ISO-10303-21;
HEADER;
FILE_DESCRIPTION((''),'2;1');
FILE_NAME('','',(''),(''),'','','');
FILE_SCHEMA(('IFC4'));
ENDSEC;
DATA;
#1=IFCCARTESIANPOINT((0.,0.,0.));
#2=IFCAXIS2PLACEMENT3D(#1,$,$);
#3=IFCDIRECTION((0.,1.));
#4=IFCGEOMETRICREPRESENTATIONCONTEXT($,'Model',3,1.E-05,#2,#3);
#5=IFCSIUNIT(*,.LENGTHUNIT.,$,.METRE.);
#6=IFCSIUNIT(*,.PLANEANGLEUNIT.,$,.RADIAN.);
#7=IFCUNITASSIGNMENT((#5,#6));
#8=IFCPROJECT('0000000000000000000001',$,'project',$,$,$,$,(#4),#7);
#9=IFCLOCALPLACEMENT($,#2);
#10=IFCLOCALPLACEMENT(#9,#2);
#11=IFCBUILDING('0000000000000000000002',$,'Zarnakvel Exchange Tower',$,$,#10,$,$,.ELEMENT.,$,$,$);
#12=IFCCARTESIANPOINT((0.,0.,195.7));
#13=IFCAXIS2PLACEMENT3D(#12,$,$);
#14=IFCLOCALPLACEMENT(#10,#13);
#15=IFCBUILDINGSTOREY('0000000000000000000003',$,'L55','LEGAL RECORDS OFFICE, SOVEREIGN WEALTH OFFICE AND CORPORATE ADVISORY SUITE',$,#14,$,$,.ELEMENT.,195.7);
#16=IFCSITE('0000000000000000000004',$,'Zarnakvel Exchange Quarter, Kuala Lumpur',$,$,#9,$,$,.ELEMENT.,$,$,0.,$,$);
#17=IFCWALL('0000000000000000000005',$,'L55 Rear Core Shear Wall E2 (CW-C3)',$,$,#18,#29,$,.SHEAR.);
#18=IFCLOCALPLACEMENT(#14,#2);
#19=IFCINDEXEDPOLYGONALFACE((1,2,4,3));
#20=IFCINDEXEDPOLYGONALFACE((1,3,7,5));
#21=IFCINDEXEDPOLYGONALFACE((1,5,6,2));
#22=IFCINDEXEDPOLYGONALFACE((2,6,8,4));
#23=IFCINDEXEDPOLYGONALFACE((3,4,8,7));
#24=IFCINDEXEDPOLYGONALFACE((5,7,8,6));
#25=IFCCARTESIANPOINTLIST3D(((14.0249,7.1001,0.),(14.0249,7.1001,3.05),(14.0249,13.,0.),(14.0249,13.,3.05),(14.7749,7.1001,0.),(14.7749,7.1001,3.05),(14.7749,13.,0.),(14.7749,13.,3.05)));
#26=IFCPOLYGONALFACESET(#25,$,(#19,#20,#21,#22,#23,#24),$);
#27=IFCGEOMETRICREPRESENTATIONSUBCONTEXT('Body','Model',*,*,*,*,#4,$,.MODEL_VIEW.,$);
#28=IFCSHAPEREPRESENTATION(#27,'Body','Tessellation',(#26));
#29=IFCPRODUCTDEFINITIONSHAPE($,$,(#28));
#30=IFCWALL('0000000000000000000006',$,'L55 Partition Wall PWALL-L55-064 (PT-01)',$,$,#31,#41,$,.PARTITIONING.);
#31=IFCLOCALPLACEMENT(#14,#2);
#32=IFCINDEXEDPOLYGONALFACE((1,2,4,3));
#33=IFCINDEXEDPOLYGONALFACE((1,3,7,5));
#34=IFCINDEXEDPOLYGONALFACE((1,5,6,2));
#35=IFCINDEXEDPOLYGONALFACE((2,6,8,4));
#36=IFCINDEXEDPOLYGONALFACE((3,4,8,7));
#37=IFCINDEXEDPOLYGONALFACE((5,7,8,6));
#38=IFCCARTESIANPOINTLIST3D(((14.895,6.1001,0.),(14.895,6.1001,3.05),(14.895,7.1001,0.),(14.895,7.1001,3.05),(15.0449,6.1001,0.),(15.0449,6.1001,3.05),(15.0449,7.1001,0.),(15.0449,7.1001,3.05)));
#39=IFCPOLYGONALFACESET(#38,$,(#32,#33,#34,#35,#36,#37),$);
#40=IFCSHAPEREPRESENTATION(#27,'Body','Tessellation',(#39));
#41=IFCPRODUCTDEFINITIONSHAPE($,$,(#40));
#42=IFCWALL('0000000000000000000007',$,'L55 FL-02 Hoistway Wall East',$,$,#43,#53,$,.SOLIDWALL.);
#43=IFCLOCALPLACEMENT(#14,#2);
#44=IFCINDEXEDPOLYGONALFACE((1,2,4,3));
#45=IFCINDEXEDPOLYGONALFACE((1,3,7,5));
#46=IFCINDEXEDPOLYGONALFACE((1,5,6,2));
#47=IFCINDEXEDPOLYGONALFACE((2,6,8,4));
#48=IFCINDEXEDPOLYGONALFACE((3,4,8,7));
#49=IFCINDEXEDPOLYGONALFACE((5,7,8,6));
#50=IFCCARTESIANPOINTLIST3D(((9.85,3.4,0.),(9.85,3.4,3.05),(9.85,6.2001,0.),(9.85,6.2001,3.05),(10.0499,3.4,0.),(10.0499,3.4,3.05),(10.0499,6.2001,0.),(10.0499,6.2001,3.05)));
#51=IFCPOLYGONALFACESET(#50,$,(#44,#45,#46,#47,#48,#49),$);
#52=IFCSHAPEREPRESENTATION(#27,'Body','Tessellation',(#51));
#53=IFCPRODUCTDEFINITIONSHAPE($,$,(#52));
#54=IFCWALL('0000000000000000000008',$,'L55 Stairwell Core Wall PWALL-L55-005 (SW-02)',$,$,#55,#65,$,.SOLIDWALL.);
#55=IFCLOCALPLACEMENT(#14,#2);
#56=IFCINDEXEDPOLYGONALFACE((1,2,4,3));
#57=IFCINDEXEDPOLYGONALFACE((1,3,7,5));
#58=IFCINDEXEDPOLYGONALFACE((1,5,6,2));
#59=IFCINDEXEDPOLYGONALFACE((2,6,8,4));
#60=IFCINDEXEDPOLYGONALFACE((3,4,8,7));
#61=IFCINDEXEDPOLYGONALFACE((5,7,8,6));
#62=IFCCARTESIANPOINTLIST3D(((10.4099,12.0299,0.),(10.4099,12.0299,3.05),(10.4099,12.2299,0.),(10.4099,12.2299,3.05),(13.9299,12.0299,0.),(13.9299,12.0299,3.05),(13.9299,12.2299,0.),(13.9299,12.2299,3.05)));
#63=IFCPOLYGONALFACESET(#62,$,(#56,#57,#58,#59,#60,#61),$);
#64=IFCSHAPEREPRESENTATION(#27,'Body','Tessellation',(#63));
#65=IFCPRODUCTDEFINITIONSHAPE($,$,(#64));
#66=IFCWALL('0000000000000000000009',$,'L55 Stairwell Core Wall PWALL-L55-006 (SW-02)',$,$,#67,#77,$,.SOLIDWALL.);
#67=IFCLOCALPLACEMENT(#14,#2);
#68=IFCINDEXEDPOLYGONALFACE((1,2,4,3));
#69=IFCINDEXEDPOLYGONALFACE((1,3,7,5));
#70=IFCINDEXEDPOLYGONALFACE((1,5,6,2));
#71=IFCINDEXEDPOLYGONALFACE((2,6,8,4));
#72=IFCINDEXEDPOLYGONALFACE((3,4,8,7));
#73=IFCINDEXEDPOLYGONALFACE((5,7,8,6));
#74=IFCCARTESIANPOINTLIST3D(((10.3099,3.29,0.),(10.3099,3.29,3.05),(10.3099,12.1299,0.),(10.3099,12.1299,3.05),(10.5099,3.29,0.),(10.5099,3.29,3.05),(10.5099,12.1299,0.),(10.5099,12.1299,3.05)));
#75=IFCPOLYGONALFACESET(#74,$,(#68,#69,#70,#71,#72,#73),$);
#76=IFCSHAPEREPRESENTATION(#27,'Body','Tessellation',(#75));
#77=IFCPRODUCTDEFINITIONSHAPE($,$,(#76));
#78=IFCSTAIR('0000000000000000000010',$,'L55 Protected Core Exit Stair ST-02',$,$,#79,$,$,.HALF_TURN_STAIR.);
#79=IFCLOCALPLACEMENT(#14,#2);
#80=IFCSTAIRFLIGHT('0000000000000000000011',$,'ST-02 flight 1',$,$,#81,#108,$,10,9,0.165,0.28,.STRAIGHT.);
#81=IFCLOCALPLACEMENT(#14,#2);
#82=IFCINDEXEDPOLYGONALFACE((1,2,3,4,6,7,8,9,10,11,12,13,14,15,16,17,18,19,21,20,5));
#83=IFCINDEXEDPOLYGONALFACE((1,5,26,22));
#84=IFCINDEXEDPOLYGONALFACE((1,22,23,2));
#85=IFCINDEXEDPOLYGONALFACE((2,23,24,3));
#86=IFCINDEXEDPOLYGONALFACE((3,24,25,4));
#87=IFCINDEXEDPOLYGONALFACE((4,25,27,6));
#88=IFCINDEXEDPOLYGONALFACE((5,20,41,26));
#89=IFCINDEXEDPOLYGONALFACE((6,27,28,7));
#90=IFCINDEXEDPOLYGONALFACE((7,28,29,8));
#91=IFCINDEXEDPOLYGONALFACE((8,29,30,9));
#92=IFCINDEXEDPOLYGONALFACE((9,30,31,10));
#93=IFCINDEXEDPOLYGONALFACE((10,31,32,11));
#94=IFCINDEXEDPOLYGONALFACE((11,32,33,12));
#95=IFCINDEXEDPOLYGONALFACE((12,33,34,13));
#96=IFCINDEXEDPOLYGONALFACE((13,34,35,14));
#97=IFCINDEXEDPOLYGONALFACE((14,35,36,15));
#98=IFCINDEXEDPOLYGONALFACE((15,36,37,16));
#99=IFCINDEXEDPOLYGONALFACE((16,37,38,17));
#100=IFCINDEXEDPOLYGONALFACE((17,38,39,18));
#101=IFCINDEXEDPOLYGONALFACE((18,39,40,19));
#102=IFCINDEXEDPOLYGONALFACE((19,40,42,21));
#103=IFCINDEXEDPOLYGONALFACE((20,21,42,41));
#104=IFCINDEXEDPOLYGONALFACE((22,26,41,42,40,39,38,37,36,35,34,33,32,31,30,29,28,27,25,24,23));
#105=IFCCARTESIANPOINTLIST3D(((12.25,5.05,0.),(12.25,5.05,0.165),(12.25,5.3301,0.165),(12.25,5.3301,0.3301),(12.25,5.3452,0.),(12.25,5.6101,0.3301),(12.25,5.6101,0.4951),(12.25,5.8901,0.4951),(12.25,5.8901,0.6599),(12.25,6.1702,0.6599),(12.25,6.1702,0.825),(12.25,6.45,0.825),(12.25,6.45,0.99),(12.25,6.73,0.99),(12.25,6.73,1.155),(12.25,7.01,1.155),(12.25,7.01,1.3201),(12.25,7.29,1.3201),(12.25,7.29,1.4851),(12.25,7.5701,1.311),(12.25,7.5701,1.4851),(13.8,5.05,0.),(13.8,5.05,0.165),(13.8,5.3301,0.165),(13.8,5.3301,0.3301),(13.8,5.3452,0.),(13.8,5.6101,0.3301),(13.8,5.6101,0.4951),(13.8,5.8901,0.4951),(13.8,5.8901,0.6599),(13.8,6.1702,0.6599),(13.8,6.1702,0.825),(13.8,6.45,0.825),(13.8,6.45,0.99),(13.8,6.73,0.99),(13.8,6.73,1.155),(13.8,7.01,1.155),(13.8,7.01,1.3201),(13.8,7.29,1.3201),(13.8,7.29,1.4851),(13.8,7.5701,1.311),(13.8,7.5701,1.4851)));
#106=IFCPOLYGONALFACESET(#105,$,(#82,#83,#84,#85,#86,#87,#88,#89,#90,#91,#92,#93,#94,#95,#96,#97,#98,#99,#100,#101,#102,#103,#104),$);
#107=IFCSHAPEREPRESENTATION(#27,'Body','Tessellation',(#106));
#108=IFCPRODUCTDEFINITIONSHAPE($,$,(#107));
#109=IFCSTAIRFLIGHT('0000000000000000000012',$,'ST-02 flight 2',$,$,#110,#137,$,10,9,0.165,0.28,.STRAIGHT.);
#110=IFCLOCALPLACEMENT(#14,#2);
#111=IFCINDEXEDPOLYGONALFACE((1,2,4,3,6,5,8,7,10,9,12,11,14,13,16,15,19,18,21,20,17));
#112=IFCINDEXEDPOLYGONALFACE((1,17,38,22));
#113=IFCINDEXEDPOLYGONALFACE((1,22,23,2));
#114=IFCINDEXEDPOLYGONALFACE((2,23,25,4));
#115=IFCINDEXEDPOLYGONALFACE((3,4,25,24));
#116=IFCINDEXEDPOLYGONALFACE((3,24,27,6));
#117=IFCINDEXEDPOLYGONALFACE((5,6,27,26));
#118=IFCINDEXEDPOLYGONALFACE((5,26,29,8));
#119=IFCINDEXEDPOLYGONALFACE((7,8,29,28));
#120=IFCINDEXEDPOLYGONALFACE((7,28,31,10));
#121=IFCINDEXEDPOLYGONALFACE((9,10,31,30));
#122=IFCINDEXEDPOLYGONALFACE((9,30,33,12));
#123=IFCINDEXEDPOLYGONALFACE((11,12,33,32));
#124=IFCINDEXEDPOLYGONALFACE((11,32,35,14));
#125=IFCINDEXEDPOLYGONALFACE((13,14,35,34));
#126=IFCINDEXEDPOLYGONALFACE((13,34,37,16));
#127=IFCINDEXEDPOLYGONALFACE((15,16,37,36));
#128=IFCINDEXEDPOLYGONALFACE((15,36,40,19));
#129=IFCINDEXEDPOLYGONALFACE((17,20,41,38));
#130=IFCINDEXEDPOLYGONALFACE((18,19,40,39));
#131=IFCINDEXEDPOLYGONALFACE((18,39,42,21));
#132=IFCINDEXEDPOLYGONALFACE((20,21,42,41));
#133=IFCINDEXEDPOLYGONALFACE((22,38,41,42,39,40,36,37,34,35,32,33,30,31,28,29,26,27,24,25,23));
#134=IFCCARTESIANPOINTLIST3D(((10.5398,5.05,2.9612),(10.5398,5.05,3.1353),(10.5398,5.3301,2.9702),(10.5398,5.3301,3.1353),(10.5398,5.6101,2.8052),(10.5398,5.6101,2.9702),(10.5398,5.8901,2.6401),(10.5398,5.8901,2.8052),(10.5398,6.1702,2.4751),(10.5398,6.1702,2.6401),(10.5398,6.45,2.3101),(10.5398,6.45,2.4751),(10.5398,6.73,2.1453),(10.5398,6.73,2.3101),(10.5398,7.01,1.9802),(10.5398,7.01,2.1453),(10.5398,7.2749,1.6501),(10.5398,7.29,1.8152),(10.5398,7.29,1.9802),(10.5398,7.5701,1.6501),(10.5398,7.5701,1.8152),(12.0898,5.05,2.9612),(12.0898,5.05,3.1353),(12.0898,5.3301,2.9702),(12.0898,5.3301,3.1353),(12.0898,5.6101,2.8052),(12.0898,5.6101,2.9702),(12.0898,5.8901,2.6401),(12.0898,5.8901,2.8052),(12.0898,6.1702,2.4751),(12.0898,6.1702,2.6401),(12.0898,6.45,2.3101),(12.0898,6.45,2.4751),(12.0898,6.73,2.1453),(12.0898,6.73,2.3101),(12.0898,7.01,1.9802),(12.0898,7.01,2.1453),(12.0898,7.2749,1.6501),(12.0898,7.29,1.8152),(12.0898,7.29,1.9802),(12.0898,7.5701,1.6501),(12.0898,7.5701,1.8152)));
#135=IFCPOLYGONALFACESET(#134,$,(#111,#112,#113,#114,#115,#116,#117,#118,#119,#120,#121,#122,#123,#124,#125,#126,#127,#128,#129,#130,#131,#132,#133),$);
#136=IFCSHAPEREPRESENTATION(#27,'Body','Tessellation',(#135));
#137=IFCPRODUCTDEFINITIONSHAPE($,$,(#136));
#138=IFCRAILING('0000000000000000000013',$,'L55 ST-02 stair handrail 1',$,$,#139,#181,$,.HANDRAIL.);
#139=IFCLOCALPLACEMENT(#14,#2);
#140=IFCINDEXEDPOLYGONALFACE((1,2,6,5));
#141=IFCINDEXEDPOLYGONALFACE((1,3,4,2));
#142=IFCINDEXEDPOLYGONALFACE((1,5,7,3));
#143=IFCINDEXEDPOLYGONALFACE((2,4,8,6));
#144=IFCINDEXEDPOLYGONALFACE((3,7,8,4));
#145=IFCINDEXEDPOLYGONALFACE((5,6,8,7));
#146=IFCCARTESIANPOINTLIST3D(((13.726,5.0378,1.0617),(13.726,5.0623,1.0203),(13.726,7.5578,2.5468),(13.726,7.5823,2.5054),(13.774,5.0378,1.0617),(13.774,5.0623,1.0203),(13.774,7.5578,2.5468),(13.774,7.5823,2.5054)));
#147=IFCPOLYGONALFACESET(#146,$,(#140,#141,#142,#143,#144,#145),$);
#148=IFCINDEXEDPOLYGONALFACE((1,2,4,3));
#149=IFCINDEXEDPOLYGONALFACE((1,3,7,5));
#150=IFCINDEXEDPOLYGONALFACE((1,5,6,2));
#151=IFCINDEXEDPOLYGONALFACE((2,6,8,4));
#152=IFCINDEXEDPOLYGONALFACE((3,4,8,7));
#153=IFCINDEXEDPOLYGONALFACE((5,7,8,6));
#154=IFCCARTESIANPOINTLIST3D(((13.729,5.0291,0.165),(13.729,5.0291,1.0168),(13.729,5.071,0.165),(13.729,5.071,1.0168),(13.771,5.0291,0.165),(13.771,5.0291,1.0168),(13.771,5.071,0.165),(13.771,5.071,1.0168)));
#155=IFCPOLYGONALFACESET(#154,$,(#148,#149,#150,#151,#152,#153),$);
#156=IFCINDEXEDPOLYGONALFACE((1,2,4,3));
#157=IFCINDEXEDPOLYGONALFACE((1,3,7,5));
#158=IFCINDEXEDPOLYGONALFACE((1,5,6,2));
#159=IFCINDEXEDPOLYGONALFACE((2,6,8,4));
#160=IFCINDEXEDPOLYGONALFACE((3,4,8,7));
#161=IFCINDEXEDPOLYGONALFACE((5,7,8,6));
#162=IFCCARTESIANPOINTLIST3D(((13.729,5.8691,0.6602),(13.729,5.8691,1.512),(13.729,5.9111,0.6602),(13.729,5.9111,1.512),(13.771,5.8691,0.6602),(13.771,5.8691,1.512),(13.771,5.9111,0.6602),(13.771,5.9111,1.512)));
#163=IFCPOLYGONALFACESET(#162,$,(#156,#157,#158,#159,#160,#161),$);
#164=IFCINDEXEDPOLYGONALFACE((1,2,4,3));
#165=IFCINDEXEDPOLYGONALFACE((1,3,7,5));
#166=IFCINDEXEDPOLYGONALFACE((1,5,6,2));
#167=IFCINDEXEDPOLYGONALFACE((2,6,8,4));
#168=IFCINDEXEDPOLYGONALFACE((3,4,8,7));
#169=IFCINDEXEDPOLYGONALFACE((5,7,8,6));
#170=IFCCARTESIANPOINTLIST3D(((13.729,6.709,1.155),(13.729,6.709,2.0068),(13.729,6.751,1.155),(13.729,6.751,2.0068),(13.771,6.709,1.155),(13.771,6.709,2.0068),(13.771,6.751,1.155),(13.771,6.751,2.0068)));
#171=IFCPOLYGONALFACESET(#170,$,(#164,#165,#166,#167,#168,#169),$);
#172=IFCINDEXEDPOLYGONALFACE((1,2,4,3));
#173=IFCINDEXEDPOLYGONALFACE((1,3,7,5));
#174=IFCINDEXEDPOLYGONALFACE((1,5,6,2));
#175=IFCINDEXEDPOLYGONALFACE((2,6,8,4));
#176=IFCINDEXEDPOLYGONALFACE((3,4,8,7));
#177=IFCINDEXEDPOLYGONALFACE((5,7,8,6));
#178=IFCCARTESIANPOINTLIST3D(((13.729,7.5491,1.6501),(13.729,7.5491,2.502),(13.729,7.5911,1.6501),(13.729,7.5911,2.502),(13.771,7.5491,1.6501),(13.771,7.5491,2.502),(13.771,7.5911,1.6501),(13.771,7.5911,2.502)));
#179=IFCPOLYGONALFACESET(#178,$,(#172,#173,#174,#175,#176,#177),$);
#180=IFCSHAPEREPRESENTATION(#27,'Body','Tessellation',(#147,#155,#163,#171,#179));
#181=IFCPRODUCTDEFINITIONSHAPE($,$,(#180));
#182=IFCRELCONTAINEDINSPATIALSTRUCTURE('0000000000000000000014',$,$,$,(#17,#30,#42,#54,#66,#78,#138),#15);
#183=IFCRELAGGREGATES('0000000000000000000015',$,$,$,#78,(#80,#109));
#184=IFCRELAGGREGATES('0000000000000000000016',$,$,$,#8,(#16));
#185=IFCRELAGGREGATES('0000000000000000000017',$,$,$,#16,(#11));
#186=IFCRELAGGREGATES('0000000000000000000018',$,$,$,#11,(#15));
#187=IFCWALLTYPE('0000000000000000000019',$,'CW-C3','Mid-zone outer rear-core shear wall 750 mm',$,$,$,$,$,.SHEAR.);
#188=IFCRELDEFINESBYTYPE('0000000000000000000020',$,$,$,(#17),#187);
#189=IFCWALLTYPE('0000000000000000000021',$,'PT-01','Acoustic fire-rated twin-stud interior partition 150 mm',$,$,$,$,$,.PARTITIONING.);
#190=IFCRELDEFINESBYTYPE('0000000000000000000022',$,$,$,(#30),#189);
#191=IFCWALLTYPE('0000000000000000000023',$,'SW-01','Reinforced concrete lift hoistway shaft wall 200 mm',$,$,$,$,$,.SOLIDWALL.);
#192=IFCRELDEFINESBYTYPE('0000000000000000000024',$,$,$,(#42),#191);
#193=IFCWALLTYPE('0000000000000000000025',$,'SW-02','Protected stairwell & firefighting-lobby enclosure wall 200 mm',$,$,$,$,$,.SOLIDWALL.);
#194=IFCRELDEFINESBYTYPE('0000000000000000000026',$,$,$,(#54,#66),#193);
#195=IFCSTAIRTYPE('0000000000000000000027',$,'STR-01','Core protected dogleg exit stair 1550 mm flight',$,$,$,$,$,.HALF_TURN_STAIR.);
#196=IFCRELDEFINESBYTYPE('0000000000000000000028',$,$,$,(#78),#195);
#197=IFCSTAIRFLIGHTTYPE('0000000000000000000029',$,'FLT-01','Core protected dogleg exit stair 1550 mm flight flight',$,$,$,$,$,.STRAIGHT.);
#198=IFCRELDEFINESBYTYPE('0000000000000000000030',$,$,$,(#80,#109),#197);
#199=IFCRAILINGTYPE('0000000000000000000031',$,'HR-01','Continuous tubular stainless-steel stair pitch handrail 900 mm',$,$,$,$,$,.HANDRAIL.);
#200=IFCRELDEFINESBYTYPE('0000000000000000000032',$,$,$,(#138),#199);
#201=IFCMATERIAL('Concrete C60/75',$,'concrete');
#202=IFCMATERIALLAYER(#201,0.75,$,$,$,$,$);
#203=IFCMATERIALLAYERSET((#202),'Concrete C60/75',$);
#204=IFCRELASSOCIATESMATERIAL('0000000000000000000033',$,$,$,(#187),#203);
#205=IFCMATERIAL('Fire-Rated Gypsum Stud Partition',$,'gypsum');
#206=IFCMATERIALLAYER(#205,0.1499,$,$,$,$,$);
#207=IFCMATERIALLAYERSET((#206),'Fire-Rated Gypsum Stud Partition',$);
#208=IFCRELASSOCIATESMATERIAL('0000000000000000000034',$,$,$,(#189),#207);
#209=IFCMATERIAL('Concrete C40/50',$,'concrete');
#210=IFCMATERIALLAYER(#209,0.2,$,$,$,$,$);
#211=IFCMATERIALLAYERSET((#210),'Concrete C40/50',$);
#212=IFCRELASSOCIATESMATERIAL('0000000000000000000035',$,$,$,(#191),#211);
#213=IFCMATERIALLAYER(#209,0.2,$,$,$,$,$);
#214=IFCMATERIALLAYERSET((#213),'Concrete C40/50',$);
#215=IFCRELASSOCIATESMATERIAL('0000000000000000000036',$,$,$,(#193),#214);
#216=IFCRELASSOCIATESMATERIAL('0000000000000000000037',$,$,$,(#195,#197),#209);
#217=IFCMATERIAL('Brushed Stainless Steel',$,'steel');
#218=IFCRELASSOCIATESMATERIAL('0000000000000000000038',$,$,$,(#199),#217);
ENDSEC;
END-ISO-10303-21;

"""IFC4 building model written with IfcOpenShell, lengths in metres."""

from ifc_helpers import new_model, si_unit, direction, frame, frame_2d, origin, origin_2d, place, context, subcontext, project, spatial, polyline, rectangle, outline, extrude, material, layer, layer_set, type_object, element, aggregate, save


model = new_model("IFC4")

# Units and contexts
model_context = context("Model", 3, precision=1e-05, world=origin(), true_north=direction((0.0, 1.0)))
body_context = subcontext(model_context, "Body", "Model", "MODEL_VIEW")
ifc_project = project(units=[si_unit("LENGTHUNIT", "METRE"), si_unit("PLANEANGLEUNIT", "RADIAN")], contexts=[model_context])

# Site, building, storey
site_placement = place(None, origin())
site = spatial("IfcSite", under=ifc_project, at=site_placement, Name="Zarnakvel Exchange Quarter, Kuala Lumpur", CompositionType="ELEMENT", RefElevation=0.0)
building_placement = place(site_placement, origin())
building = spatial("IfcBuilding", under=site, at=building_placement, Name="Zarnakvel Exchange Tower", CompositionType="ELEMENT")
storey_placement = place(building_placement, frame((0.0, 0.0, 195.7)))
storey = spatial("IfcBuildingStorey", under=building, at=storey_placement, Name="L55", Description="LEGAL RECORDS OFFICE, SOVEREIGN WEALTH OFFICE AND CORPORATE ADVISORY SUITE", CompositionType="ELEMENT", Elevation=195.7)

# Shared definitions
ifc_material_1 = material(Name="Concrete C60/75", Category="concrete")

# Walls
ifc_layer_1 = layer(ifc_material_1, 0.75)
ifc_layer_set_1 = layer_set([ifc_layer_1], Name="Concrete C60/75")
wall_type_1 = type_object("IfcWallType", Name="CW-C3", Description="Mid-zone outer rear-core shear wall 750 mm", PredefinedType="SHEAR", material=ifc_layer_set_1)
wall_1_placement = place(storey_placement, frame((14.3999, 7.1001, 0.0), z_axis=(0.0, 0.0, 1.0), x_axis=(0.0, 1.0, 0.0)))
element("IfcWall", 1, at=wall_1_placement, inside=storey, type_object=wall_type_1, Name="L55 Rear Core Shear Wall E2 (CW-C3)", PredefinedType="SHEAR", context=body_context, shape_type="SweptSolid", body=[
    extrude(rectangle(XDim=5.8999, YDim=0.75, at=frame_2d((2.95, 0.0))), origin(), (0.0, 0.0, 1.0), 3.05),
])
ifc_material_2 = material(Name="Fire-Rated Gypsum Stud Partition", Category="gypsum")
ifc_layer_2 = layer(ifc_material_2, 0.1499)
ifc_layer_set_2 = layer_set([ifc_layer_2], Name="Fire-Rated Gypsum Stud Partition")
wall_type_2 = type_object("IfcWallType", Name="PT-01", Description="Acoustic fire-rated twin-stud interior partition 150 mm", PredefinedType="PARTITIONING", material=ifc_layer_set_2)
wall_2_placement = place(storey_placement, frame((14.97, 6.1001, 0.0), z_axis=(0.0, 0.0, 1.0), x_axis=(0.0, 1.0, 0.0)))
element("IfcWall", 2, at=wall_2_placement, inside=storey, type_object=wall_type_2, Name="L55 Partition Wall PWALL-L55-064 (PT-01)", PredefinedType="PARTITIONING", context=body_context, shape_type="SweptSolid", body=[
    extrude(rectangle(XDim=1.0, YDim=0.1499, at=frame_2d((0.5, 0.0))), origin(), (0.0, 0.0, 1.0), 3.05),
])
ifc_material_3 = material(Name="Concrete C40/50", Category="concrete")
ifc_layer_3 = layer(ifc_material_3, 0.2)
ifc_layer_set_3 = layer_set([ifc_layer_3], Name="Concrete C40/50")
wall_type_3 = type_object("IfcWallType", Name="SW-01", Description="Reinforced concrete lift hoistway shaft wall 200 mm", PredefinedType="SOLIDWALL", material=ifc_layer_set_3)
wall_3_placement = place(storey_placement, frame((9.95, 6.2, 0.0), z_axis=(0.0, 0.0, 1.0), x_axis=(0.0, -1.0, 0.0)))
element("IfcWall", 3, at=wall_3_placement, inside=storey, type_object=wall_type_3, Name="L55 FL-02 Hoistway Wall East", PredefinedType="SOLIDWALL", context=body_context, shape_type="SweptSolid", body=[
    extrude(rectangle(XDim=2.8, YDim=0.2, at=frame_2d((1.3999, 0.0))), origin(), (0.0, 0.0, 1.0), 3.05),
])

# Shared definitions
ifc_layer_4 = layer(ifc_material_3, 0.2)
ifc_layer_set_4 = layer_set([ifc_layer_4], Name="Concrete C40/50")
wall_type_4 = type_object("IfcWallType", Name="SW-02", Description="Protected stairwell & firefighting-lobby enclosure wall 200 mm", PredefinedType="SOLIDWALL", material=ifc_layer_set_4)

# Walls
wall_4_placement = place(storey_placement, frame((10.4099, 12.1299, 0.0), z_axis=(0.0, 0.0, 1.0), x_axis=(1.0, 0.0, 0.0)))
element("IfcWall", 4, at=wall_4_placement, inside=storey, type_object=wall_type_4, Name="L55 Stairwell Core Wall PWALL-L55-005 (SW-02)", PredefinedType="SOLIDWALL", context=body_context, shape_type="SweptSolid", body=[
    extrude(rectangle(XDim=3.52, YDim=0.2, at=frame_2d((1.76, 0.0))), origin(), (0.0, 0.0, 1.0), 3.05),
])
wall_5_placement = place(storey_placement, frame((10.4099, 3.29, 0.0), z_axis=(0.0, 0.0, 1.0), x_axis=(0.0, 1.0, 0.0)))
element("IfcWall", 5, at=wall_5_placement, inside=storey, type_object=wall_type_4, Name="L55 Stairwell Core Wall PWALL-L55-006 (SW-02)", PredefinedType="SOLIDWALL", context=body_context, shape_type="SweptSolid", body=[
    extrude(rectangle(XDim=8.8398, YDim=0.2, at=frame_2d((4.4199, 0.0))), origin(), (0.0, 0.0, 1.0), 3.05),
])

# Stair, stair flights
stair_type = type_object("IfcStairType", Name="STR-01", Description="Core protected dogleg exit stair 1550 mm flight", PredefinedType="HALF_TURN_STAIR", material=ifc_material_3)
stair_placement = place(storey_placement, origin())
stair = element("IfcStair", 6, at=stair_placement, inside=storey, type_object=stair_type, Name="L55 Protected Core Exit Stair ST-02", PredefinedType="HALF_TURN_STAIR")
stair_flight_type = type_object("IfcStairFlightType", Name="FLT-01", Description="Core protected dogleg exit stair 1550 mm flight flight", PredefinedType="STRAIGHT", material=ifc_material_3)
stair_flight_1_placement = place(storey_placement, frame((13.0249, 5.05, 0.0), z_axis=(0.0, 0.0, 1.0), x_axis=(0.0, 1.0, 0.0)))
stair_flight_1 = element("IfcStairFlight", 7, at=stair_flight_1_placement, type_object=stair_flight_type, Name="ST-02 flight 1", NumberOfRisers=10, NumberOfTreads=9, PredefinedType="STRAIGHT", RiserHeight=0.165, TreadLength=0.28, context=body_context, shape_type="SweptSolid", body=[
    extrude(outline(polyline([(0.0, 0.0), (0.0, 0.165), (0.28, 0.165), (0.28, 0.3301), (0.5601, 0.3301), (0.5601, 0.4951), (0.8401, 0.4951), (0.8401, 0.6599), (1.1201, 0.6599), (1.1201, 0.825), (1.3999, 0.825), (1.3999, 0.99), (1.6799, 0.99), (1.6799, 1.155), (1.96, 1.155), (1.96, 1.3201), (2.24, 1.3201), (2.24, 1.4851), (2.52, 1.4851), (2.52, 1.6499), (2.52, 1.311), (0.2952, 0.0), (0.0, 0.0)])), frame((0.0, 0.7749, 0.0), z_axis=(0.0, -1.0, 0.0), x_axis=(1.0, 0.0, 0.0)), (0.0, 0.0, 1.0), 1.55),
])
stair_flight_2_placement = place(storey_placement, frame((11.3149, 7.5701, 1.6501), z_axis=(0.0, 0.0, 1.0), x_axis=(0.0, -1.0, 0.0)))
stair_flight_2 = element("IfcStairFlight", 8, at=stair_flight_2_placement, type_object=stair_flight_type, Name="ST-02 flight 2", NumberOfRisers=10, NumberOfTreads=9, PredefinedType="STRAIGHT", RiserHeight=0.165, TreadLength=0.28, context=body_context, shape_type="SweptSolid", body=[
    extrude(outline(polyline([(0.0, 0.0), (0.0, 0.165), (0.28, 0.165), (0.28, 0.3301), (0.5601, 0.3301), (0.5601, 0.4951), (0.8401, 0.4951), (0.8401, 0.6599), (1.1201, 0.6599), (1.1201, 0.825), (1.3999, 0.825), (1.3999, 0.99), (1.6799, 0.99), (1.6799, 1.155), (1.96, 1.155), (1.96, 1.3201), (2.24, 1.3201), (2.24, 1.4851), (2.52, 1.4851), (2.52, 1.6499), (2.52, 1.311), (0.2952, 0.0), (0.0, 0.0)])), frame((0.0, 0.7749, 0.0), z_axis=(0.0, -1.0, 0.0), x_axis=(1.0, 0.0, 0.0)), (0.0, 0.0, 1.0), 1.55),
])
aggregate(stair, [stair_flight_1, stair_flight_2])

# Railing
ifc_material_4 = material(Name="Brushed Stainless Steel", Category="steel")
railing_type_1 = type_object("IfcRailingType", Name="HR-01", Description="Continuous tubular stainless-steel stair pitch handrail 900 mm", PredefinedType="HANDRAIL", material=ifc_material_4)
railing_1_placement = place(storey_placement, frame((13.75, 5.05, 0.165)))
element("IfcRailing", 9, at=railing_1_placement, inside=storey, type_object=railing_type_1, Name="L55 ST-02 stair handrail 1", PredefinedType="HANDRAIL", context=body_context, shape_type="SweptSolid", body=[
    extrude(rectangle(XDim=0.0481, YDim=0.0481, at=origin_2d()), frame((0.0, 0.0, 0.876), z_axis=(0.0, 0.861524, 0.507717), x_axis=(-1.0, 0.0, 0.0)), (0.0, 0.0, 1.0), 2.925),
    extrude(rectangle(XDim=0.042, YDim=0.042, at=origin_2d()), origin(), (0.0, 0.0, 1.0), 0.8518),
    extrude(rectangle(XDim=0.042, YDim=0.042, at=origin_2d()), frame((0.0, 0.8401, 0.4951)), (0.0, 0.0, 1.0), 0.8518),
    extrude(rectangle(XDim=0.042, YDim=0.042, at=origin_2d()), frame((0.0, 1.6799, 0.99)), (0.0, 0.0, 1.0), 0.8518),
    extrude(rectangle(XDim=0.042, YDim=0.042, at=origin_2d()), frame((0.0, 2.52, 1.4851)), (0.0, 0.0, 1.0), 0.8518),
])

save(model, "model.ifc")
